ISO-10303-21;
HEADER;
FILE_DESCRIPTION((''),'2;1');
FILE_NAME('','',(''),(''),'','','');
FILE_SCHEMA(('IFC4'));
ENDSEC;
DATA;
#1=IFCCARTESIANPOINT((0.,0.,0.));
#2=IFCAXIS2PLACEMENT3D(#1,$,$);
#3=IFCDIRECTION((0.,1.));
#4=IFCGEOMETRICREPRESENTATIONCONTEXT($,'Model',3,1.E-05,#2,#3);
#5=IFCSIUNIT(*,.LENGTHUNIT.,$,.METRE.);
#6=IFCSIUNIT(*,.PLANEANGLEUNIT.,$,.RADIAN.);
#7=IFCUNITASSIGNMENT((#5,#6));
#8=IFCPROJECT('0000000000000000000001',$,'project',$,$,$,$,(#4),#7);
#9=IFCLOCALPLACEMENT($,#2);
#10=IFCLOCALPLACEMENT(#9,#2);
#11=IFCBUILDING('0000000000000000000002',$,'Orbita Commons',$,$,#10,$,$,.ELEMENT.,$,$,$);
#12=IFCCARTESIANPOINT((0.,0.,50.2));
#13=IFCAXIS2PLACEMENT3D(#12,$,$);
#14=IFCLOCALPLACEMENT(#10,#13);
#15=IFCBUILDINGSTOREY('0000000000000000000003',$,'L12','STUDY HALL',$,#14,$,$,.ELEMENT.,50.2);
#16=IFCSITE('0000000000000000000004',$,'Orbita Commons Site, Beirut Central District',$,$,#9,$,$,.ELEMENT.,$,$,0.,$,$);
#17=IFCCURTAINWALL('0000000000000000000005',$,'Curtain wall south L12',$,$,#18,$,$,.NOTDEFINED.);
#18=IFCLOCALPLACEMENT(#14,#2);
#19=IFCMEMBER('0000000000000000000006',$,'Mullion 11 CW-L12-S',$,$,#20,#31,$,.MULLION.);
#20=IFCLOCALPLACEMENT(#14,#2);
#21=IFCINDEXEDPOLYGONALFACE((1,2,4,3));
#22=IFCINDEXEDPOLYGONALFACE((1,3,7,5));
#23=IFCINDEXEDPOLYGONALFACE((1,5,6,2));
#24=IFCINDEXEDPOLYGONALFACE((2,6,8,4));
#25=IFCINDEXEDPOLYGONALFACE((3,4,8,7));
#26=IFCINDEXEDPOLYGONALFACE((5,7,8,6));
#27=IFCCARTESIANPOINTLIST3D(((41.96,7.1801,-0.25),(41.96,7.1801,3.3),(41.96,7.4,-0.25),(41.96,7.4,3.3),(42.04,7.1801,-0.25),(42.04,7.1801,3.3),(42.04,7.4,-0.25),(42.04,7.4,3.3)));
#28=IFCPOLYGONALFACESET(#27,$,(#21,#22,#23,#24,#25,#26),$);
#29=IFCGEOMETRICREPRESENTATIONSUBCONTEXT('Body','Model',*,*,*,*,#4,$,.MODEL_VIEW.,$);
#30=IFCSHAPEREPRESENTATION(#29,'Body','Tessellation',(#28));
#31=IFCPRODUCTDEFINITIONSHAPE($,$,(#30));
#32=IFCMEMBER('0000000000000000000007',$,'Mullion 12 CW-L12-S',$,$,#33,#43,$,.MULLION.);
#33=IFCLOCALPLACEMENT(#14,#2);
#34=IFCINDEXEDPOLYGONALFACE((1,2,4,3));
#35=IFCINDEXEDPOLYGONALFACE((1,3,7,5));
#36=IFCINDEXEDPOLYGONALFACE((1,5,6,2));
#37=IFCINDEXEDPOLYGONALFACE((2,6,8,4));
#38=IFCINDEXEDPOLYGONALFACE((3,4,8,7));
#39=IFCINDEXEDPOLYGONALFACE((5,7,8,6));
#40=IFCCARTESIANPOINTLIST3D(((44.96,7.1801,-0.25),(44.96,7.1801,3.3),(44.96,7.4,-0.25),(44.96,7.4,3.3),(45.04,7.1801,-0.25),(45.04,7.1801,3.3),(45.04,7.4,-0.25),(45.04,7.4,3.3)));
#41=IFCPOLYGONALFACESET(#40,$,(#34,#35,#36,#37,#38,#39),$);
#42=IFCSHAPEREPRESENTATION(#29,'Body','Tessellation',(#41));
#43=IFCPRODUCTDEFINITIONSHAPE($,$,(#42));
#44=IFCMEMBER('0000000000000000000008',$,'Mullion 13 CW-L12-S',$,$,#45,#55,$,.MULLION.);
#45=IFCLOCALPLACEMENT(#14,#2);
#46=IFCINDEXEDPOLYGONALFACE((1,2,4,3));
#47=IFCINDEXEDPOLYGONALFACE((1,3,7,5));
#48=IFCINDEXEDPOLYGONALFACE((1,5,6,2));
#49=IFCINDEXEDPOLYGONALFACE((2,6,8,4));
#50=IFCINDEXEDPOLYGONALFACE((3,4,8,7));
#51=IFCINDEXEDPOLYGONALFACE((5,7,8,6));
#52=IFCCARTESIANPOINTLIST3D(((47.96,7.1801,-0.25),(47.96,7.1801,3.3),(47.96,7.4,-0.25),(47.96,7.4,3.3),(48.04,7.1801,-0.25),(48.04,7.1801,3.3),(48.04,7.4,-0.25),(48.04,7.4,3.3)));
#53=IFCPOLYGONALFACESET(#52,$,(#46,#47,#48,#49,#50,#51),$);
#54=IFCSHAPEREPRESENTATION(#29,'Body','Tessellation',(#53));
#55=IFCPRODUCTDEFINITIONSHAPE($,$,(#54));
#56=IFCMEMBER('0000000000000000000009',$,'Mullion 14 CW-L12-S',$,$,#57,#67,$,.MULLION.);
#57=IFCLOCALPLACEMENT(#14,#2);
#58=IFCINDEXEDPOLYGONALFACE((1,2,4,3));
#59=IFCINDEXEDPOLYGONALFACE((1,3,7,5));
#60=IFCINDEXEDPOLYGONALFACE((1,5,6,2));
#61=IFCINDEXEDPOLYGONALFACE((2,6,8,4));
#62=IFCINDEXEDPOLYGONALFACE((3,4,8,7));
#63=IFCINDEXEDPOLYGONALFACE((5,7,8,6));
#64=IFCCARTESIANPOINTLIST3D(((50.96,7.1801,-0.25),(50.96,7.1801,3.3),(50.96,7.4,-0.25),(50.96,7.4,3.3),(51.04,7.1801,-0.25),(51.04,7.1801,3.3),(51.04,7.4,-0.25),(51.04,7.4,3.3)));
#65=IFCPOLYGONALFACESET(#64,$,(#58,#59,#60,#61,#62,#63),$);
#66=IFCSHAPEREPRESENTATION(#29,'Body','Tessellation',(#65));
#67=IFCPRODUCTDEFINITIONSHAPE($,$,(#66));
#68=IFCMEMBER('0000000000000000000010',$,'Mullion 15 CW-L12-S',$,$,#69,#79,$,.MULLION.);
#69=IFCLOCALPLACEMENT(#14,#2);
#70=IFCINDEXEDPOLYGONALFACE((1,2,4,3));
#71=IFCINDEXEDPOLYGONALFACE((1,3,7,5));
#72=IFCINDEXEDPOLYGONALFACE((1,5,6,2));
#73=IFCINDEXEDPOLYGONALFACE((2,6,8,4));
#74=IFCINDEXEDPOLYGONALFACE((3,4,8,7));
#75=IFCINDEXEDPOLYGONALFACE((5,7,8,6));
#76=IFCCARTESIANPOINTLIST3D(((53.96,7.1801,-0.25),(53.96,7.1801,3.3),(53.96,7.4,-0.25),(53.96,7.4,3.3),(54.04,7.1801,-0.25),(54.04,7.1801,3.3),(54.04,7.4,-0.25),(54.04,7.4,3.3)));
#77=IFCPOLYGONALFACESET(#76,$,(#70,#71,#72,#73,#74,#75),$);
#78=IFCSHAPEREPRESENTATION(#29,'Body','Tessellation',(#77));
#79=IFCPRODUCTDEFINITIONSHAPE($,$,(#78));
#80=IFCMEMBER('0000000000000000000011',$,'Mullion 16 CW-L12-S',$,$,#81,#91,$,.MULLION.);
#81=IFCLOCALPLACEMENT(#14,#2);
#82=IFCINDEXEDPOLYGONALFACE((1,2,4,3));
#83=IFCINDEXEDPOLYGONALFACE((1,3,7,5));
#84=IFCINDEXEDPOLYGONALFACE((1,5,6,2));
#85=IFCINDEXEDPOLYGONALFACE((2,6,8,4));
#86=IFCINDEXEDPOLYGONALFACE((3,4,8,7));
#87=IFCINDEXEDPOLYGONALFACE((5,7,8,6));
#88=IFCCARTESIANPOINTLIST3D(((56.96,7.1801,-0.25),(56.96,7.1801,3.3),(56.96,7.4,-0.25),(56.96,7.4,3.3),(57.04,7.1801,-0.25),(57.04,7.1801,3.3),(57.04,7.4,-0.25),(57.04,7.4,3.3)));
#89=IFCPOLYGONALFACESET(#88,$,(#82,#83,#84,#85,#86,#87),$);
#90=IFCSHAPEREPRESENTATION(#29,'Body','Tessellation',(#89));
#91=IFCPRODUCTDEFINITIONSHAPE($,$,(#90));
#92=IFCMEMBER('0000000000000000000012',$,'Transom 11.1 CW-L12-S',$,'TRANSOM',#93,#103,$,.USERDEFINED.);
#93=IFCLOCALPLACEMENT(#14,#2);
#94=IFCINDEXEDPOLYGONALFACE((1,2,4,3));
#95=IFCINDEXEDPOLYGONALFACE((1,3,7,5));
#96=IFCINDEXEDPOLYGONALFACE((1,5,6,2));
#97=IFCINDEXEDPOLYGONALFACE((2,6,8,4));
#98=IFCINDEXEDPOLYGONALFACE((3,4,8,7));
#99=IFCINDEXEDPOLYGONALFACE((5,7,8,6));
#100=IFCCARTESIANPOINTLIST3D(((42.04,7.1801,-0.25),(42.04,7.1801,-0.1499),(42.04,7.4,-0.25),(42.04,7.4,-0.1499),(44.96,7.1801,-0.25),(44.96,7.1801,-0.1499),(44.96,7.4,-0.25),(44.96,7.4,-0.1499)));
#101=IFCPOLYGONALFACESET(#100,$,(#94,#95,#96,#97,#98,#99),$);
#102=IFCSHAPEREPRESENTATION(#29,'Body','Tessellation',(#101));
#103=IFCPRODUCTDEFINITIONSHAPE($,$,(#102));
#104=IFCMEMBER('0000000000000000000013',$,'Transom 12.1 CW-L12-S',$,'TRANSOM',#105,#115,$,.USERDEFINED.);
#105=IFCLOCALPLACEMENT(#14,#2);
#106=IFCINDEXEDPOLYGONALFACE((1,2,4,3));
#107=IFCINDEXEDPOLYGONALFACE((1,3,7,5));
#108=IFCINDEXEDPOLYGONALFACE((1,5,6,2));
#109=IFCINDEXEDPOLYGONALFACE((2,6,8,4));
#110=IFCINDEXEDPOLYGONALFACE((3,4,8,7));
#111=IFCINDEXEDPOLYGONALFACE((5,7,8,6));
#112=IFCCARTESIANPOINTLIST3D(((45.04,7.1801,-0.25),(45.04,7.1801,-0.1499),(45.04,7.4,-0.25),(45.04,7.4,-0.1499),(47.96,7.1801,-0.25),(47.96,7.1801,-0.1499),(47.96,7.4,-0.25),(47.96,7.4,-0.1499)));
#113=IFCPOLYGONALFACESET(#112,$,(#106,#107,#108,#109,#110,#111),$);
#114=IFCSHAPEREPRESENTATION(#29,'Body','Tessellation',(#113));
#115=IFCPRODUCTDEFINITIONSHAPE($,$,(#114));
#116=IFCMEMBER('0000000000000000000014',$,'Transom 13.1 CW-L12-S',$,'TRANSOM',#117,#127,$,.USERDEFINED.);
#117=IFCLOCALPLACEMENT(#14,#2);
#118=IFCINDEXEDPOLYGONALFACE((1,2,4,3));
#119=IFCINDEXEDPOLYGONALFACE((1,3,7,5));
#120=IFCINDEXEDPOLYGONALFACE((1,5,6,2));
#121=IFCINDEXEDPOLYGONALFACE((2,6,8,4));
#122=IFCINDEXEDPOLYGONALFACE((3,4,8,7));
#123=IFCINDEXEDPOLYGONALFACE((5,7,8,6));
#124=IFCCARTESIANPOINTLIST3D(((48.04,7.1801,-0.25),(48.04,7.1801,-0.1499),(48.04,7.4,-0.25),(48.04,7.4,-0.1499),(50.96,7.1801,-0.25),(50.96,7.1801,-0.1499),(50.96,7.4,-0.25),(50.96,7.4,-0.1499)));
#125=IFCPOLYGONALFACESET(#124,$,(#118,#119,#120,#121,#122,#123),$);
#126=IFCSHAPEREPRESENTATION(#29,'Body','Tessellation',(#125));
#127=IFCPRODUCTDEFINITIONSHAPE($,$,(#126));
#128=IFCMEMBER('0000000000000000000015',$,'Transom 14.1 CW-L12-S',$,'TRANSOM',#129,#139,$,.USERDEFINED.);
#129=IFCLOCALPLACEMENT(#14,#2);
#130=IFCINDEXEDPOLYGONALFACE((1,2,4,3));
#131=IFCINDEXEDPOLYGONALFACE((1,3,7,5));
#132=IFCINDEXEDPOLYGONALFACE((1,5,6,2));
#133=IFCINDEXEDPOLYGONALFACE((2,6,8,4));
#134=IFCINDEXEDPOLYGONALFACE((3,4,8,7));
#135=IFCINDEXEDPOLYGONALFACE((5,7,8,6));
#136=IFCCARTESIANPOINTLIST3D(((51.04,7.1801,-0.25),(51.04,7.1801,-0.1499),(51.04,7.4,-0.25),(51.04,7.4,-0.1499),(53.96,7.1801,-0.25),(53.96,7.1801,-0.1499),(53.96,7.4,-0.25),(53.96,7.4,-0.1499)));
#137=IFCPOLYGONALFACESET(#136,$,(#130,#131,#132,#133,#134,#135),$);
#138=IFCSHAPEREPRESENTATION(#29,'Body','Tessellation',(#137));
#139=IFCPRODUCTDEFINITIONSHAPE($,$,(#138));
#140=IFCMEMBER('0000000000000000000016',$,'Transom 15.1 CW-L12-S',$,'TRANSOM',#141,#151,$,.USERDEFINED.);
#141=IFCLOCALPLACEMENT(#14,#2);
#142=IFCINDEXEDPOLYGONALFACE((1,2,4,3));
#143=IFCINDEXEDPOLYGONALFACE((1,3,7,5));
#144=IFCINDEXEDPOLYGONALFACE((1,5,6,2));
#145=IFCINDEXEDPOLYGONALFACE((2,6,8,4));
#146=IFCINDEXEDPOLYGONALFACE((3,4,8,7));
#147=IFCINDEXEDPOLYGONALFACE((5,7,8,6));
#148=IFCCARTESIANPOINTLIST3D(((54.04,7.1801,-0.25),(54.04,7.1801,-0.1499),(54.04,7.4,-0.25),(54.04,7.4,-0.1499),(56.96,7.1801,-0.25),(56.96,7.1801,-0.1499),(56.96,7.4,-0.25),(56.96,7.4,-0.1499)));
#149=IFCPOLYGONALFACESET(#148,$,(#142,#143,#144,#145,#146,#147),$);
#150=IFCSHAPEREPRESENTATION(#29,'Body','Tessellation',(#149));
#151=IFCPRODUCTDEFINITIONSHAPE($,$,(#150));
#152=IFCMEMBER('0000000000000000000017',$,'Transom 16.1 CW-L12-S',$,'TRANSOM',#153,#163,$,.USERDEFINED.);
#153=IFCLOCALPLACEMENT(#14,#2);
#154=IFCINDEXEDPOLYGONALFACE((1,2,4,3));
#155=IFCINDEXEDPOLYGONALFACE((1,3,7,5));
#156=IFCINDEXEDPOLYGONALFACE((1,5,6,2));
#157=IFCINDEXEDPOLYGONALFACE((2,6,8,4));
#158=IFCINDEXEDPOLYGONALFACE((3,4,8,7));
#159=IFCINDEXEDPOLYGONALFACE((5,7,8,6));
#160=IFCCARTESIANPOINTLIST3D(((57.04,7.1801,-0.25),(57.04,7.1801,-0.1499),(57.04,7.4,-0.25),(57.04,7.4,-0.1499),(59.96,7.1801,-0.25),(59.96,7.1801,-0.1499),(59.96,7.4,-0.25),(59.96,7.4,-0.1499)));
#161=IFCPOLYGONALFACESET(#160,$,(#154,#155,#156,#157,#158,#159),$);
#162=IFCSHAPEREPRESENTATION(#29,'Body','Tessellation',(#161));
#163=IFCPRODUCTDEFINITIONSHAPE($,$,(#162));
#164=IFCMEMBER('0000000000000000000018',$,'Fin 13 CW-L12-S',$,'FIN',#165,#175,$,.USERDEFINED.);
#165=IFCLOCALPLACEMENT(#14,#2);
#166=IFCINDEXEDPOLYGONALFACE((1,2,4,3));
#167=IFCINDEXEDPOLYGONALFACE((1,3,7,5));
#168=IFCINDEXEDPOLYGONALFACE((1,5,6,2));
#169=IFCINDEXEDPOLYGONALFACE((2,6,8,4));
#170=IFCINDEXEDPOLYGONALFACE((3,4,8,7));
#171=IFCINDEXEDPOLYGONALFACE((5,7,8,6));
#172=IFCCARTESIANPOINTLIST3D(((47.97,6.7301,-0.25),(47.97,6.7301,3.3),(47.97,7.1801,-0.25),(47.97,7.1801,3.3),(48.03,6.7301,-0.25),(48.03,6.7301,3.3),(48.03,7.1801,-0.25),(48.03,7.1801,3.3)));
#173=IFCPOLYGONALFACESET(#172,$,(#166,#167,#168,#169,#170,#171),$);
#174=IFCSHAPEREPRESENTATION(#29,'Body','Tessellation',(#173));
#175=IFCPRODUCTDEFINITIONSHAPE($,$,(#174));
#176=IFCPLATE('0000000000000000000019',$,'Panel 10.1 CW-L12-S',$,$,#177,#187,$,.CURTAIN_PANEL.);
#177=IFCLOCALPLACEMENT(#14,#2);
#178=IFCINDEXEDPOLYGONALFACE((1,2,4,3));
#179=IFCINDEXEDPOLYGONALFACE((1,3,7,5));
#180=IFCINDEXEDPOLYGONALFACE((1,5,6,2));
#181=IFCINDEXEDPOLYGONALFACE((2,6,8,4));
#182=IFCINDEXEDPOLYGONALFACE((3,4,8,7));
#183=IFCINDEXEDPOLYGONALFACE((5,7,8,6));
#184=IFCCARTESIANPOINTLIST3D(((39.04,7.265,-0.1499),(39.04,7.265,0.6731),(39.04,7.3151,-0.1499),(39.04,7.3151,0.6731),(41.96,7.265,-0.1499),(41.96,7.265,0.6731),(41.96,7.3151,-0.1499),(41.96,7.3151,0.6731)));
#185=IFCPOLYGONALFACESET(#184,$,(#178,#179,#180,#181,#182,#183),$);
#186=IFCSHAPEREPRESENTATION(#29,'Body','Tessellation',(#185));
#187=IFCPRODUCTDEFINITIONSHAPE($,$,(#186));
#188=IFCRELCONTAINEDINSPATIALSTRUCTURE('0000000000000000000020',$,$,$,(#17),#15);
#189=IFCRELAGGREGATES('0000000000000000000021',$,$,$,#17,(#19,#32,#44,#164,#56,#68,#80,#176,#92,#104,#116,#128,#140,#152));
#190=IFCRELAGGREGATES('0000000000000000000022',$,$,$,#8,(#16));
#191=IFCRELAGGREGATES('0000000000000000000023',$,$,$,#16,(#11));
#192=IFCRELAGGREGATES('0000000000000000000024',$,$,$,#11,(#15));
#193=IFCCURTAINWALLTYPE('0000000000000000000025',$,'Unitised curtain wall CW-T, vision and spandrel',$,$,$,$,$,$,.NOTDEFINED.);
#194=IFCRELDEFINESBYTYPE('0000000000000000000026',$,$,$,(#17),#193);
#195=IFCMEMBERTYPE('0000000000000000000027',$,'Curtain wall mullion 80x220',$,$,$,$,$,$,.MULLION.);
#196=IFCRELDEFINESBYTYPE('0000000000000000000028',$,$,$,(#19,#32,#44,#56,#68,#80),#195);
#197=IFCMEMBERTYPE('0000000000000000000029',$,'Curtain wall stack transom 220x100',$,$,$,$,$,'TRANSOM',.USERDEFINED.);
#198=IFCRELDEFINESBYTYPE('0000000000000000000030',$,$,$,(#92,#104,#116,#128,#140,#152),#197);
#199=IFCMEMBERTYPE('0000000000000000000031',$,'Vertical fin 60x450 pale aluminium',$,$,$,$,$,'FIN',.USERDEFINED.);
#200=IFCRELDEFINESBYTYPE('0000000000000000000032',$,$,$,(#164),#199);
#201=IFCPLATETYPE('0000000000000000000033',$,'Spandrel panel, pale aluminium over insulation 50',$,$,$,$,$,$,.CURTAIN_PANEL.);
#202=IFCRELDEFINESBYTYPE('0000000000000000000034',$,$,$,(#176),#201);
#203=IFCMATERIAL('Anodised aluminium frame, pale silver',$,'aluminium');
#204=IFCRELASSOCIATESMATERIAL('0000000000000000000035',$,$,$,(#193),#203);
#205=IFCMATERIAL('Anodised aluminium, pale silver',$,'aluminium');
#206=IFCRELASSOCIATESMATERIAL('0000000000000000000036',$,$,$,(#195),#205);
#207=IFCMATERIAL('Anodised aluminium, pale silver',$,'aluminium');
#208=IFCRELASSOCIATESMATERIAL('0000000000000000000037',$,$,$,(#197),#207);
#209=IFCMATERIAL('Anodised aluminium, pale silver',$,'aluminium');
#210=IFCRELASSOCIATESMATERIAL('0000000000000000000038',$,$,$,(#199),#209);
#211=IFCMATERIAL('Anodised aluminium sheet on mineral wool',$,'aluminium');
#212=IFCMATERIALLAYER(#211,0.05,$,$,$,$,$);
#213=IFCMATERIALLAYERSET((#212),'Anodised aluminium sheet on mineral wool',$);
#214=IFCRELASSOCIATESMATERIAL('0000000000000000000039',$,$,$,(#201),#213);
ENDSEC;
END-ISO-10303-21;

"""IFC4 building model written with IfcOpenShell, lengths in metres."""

from ifc_helpers import new_model, si_unit, direction, frame, origin, origin_2d, place, context, subcontext, project, spatial, rectangle, extrude, material, layer, layer_set, material_profile, profile_set, type_object, element, aggregate, save


model = new_model("IFC4")

# Units and contexts
model_context = context("Model", 3, precision=1e-05, world=origin(), true_north=direction((0.0, 1.0)))
body_context = subcontext(model_context, "Body", "Model", "MODEL_VIEW")
ifc_project = project(units=[si_unit("LENGTHUNIT", "METRE"), si_unit("PLANEANGLEUNIT", "RADIAN")], contexts=[model_context])

# Site, building, storey
site_placement = place(None, origin())
site = spatial("IfcSite", under=ifc_project, at=site_placement, Name="Orbita Commons Site, Beirut Central District", CompositionType="ELEMENT", RefElevation=0.0)
building_placement = place(site_placement, origin())
building = spatial("IfcBuilding", under=site, at=building_placement, Name="Orbita Commons", CompositionType="ELEMENT")
storey_placement = place(building_placement, frame((0.0, 0.0, 50.2)))
storey = spatial("IfcBuildingStorey", under=building, at=storey_placement, Name="L12", Description="STUDY HALL", CompositionType="ELEMENT", Elevation=50.2)

# Curtain wall, members, plate
ifc_material_1 = material(Name="Anodised aluminium frame, pale silver", Category="aluminium")
curtain_wall_type = type_object("IfcCurtainWallType", Name="Unitised curtain wall CW-T, vision and spandrel", PredefinedType="NOTDEFINED", material=ifc_material_1)
curtain_wall_placement = place(storey_placement, origin())
curtain_wall = element("IfcCurtainWall", 1, at=curtain_wall_placement, inside=storey, type_object=curtain_wall_type, Name="Curtain wall south L12", PredefinedType="NOTDEFINED")
ifc_material_2 = material(Name="Anodised aluminium, pale silver", Category="aluminium")
ifc_material_profile_1 = material_profile(ifc_material_2, rectangle(XDim=0.0801, YDim=0.22, at=origin_2d()), Name="AL 80x220")
ifc_profile_set_1 = profile_set([ifc_material_profile_1], Name="Anodised aluminium, pale silver")
member_type_1 = type_object("IfcMemberType", Name="Curtain wall mullion 80x220", PredefinedType="MULLION", material=ifc_profile_set_1)
member_1_placement = place(storey_placement, frame((42.0, 7.29, -0.25), z_axis=(0.0, 0.0, 1.0), x_axis=(1.0, 0.0, 0.0)))
member_1 = element("IfcMember", 2, at=member_1_placement, type_object=member_type_1, Name="Mullion 11 CW-L12-S", PredefinedType="MULLION", context=body_context, shape_type="SweptSolid", body=[
    extrude(rectangle(XDim=0.0801, YDim=0.22, at=origin_2d()), origin(), (0.0, 0.0, 1.0), 3.55),
])
member_2_placement = place(storey_placement, frame((45.0, 7.29, -0.25), z_axis=(0.0, 0.0, 1.0), x_axis=(1.0, 0.0, 0.0)))
member_2 = element("IfcMember", 3, at=member_2_placement, type_object=member_type_1, Name="Mullion 12 CW-L12-S", PredefinedType="MULLION", context=body_context, shape_type="SweptSolid", body=[
    extrude(rectangle(XDim=0.0801, YDim=0.22, at=origin_2d()), origin(), (0.0, 0.0, 1.0), 3.55),
])
member_3_placement = place(storey_placement, frame((48.0, 7.29, -0.25), z_axis=(0.0, 0.0, 1.0), x_axis=(1.0, 0.0, 0.0)))
member_3 = element("IfcMember", 4, at=member_3_placement, type_object=member_type_1, Name="Mullion 13 CW-L12-S", PredefinedType="MULLION", context=body_context, shape_type="SweptSolid", body=[
    extrude(rectangle(XDim=0.0801, YDim=0.22, at=origin_2d()), origin(), (0.0, 0.0, 1.0), 3.55),
])
member_4_placement = place(storey_placement, frame((51.0, 7.29, -0.25), z_axis=(0.0, 0.0, 1.0), x_axis=(1.0, 0.0, 0.0)))
member_4 = element("IfcMember", 5, at=member_4_placement, type_object=member_type_1, Name="Mullion 14 CW-L12-S", PredefinedType="MULLION", context=body_context, shape_type="SweptSolid", body=[
    extrude(rectangle(XDim=0.0801, YDim=0.22, at=origin_2d()), origin(), (0.0, 0.0, 1.0), 3.55),
])
member_5_placement = place(storey_placement, frame((54.0, 7.29, -0.25), z_axis=(0.0, 0.0, 1.0), x_axis=(1.0, 0.0, 0.0)))
member_5 = element("IfcMember", 6, at=member_5_placement, type_object=member_type_1, Name="Mullion 15 CW-L12-S", PredefinedType="MULLION", context=body_context, shape_type="SweptSolid", body=[
    extrude(rectangle(XDim=0.0801, YDim=0.22, at=origin_2d()), origin(), (0.0, 0.0, 1.0), 3.55),
])
member_6_placement = place(storey_placement, frame((57.0, 7.29, -0.25), z_axis=(0.0, 0.0, 1.0), x_axis=(1.0, 0.0, 0.0)))
member_6 = element("IfcMember", 7, at=member_6_placement, type_object=member_type_1, Name="Mullion 16 CW-L12-S", PredefinedType="MULLION", context=body_context, shape_type="SweptSolid", body=[
    extrude(rectangle(XDim=0.0801, YDim=0.22, at=origin_2d()), origin(), (0.0, 0.0, 1.0), 3.55),
])
ifc_material_3 = material(Name="Anodised aluminium, pale silver", Category="aluminium")
ifc_material_profile_2 = material_profile(ifc_material_3, rectangle(XDim=0.22, YDim=0.1001, at=origin_2d()), Name="AL 220x100")
ifc_profile_set_2 = profile_set([ifc_material_profile_2], Name="Anodised aluminium, pale silver")
member_type_2 = type_object("IfcMemberType", Name="Curtain wall stack transom 220x100", ElementType="TRANSOM", PredefinedType="USERDEFINED", material=ifc_profile_set_2)
member_7_placement = place(storey_placement, frame((42.04, 7.29, -0.2), z_axis=(1.0, 0.0, 0.0), x_axis=(0.0, 1.0, 0.0)))
member_7 = element("IfcMember", 8, at=member_7_placement, type_object=member_type_2, Name="Transom 11.1 CW-L12-S", ObjectType="TRANSOM", PredefinedType="USERDEFINED", context=body_context, shape_type="SweptSolid", body=[
    extrude(rectangle(XDim=0.22, YDim=0.1001, at=origin_2d()), origin(), (0.0, 0.0, 1.0), 2.9199),
])
member_8_placement = place(storey_placement, frame((45.04, 7.29, -0.2), z_axis=(1.0, 0.0, 0.0), x_axis=(0.0, 1.0, 0.0)))
member_8 = element("IfcMember", 9, at=member_8_placement, type_object=member_type_2, Name="Transom 12.1 CW-L12-S", ObjectType="TRANSOM", PredefinedType="USERDEFINED", context=body_context, shape_type="SweptSolid", body=[
    extrude(rectangle(XDim=0.22, YDim=0.1001, at=origin_2d()), origin(), (0.0, 0.0, 1.0), 2.9199),
])
member_9_placement = place(storey_placement, frame((48.04, 7.29, -0.2), z_axis=(1.0, 0.0, 0.0), x_axis=(0.0, 1.0, 0.0)))
member_9 = element("IfcMember", 10, at=member_9_placement, type_object=member_type_2, Name="Transom 13.1 CW-L12-S", ObjectType="TRANSOM", PredefinedType="USERDEFINED", context=body_context, shape_type="SweptSolid", body=[
    extrude(rectangle(XDim=0.22, YDim=0.1001, at=origin_2d()), origin(), (0.0, 0.0, 1.0), 2.9199),
])
member_10_placement = place(storey_placement, frame((51.04, 7.29, -0.2), z_axis=(1.0, 0.0, 0.0), x_axis=(0.0, 1.0, 0.0)))
member_10 = element("IfcMember", 11, at=member_10_placement, type_object=member_type_2, Name="Transom 14.1 CW-L12-S", ObjectType="TRANSOM", PredefinedType="USERDEFINED", context=body_context, shape_type="SweptSolid", body=[
    extrude(rectangle(XDim=0.22, YDim=0.1001, at=origin_2d()), origin(), (0.0, 0.0, 1.0), 2.9199),
])
member_11_placement = place(storey_placement, frame((54.04, 7.29, -0.2), z_axis=(1.0, 0.0, 0.0), x_axis=(0.0, 1.0, 0.0)))
member_11 = element("IfcMember", 12, at=member_11_placement, type_object=member_type_2, Name="Transom 15.1 CW-L12-S", ObjectType="TRANSOM", PredefinedType="USERDEFINED", context=body_context, shape_type="SweptSolid", body=[
    extrude(rectangle(XDim=0.22, YDim=0.1001, at=origin_2d()), origin(), (0.0, 0.0, 1.0), 2.9199),
])
member_12_placement = place(storey_placement, frame((57.04, 7.29, -0.2), z_axis=(1.0, 0.0, 0.0), x_axis=(0.0, 1.0, 0.0)))
member_12 = element("IfcMember", 13, at=member_12_placement, type_object=member_type_2, Name="Transom 16.1 CW-L12-S", ObjectType="TRANSOM", PredefinedType="USERDEFINED", context=body_context, shape_type="SweptSolid", body=[
    extrude(rectangle(XDim=0.22, YDim=0.1001, at=origin_2d()), origin(), (0.0, 0.0, 1.0), 2.9199),
])
ifc_material_4 = material(Name="Anodised aluminium, pale silver", Category="aluminium")
ifc_material_profile_3 = material_profile(ifc_material_4, rectangle(XDim=0.0601, YDim=0.45, at=origin_2d()), Name="FIN 60x450")
ifc_profile_set_3 = profile_set([ifc_material_profile_3], Name="Anodised aluminium, pale silver")
member_type_3 = type_object("IfcMemberType", Name="Vertical fin 60x450 pale aluminium", ElementType="FIN", PredefinedType="USERDEFINED", material=ifc_profile_set_3)
member_13_placement = place(storey_placement, frame((48.0, 6.9551, -0.25), z_axis=(0.0, 0.0, 1.0), x_axis=(1.0, 0.0, 0.0)))
member_13 = element("IfcMember", 14, at=member_13_placement, type_object=member_type_3, Name="Fin 13 CW-L12-S", ObjectType="FIN", PredefinedType="USERDEFINED", context=body_context, shape_type="SweptSolid", body=[
    extrude(rectangle(XDim=0.0601, YDim=0.45, at=origin_2d()), origin(), (0.0, 0.0, 1.0), 3.55),
])
ifc_material_5 = material(Name="Anodised aluminium sheet on mineral wool", Category="aluminium")
ifc_layer_1 = layer(ifc_material_5, 0.05)
ifc_layer_set_1 = layer_set([ifc_layer_1], Name="Anodised aluminium sheet on mineral wool")
plate_type_1 = type_object("IfcPlateType", Name="Spandrel panel, pale aluminium over insulation 50", PredefinedType="CURTAIN_PANEL", material=ifc_layer_set_1)
plate_1_placement = place(storey_placement, frame((40.5, 7.29, -0.1499), z_axis=(0.0, 0.0, 1.0), x_axis=(1.0, 0.0, 0.0)))
plate_1 = element("IfcPlate", 15, at=plate_1_placement, type_object=plate_type_1, Name="Panel 10.1 CW-L12-S", PredefinedType="CURTAIN_PANEL", context=body_context, shape_type="SweptSolid", body=[
    extrude(rectangle(XDim=2.9199, YDim=0.05, at=origin_2d()), origin(), (0.0, 0.0, 1.0), 0.823),
])
aggregate(curtain_wall, [member_1, member_2, member_3, member_13, member_4, member_5, member_6, plate_1, member_7, member_8, member_9, member_10, member_11, member_12])

save(model, "model.ifc")
